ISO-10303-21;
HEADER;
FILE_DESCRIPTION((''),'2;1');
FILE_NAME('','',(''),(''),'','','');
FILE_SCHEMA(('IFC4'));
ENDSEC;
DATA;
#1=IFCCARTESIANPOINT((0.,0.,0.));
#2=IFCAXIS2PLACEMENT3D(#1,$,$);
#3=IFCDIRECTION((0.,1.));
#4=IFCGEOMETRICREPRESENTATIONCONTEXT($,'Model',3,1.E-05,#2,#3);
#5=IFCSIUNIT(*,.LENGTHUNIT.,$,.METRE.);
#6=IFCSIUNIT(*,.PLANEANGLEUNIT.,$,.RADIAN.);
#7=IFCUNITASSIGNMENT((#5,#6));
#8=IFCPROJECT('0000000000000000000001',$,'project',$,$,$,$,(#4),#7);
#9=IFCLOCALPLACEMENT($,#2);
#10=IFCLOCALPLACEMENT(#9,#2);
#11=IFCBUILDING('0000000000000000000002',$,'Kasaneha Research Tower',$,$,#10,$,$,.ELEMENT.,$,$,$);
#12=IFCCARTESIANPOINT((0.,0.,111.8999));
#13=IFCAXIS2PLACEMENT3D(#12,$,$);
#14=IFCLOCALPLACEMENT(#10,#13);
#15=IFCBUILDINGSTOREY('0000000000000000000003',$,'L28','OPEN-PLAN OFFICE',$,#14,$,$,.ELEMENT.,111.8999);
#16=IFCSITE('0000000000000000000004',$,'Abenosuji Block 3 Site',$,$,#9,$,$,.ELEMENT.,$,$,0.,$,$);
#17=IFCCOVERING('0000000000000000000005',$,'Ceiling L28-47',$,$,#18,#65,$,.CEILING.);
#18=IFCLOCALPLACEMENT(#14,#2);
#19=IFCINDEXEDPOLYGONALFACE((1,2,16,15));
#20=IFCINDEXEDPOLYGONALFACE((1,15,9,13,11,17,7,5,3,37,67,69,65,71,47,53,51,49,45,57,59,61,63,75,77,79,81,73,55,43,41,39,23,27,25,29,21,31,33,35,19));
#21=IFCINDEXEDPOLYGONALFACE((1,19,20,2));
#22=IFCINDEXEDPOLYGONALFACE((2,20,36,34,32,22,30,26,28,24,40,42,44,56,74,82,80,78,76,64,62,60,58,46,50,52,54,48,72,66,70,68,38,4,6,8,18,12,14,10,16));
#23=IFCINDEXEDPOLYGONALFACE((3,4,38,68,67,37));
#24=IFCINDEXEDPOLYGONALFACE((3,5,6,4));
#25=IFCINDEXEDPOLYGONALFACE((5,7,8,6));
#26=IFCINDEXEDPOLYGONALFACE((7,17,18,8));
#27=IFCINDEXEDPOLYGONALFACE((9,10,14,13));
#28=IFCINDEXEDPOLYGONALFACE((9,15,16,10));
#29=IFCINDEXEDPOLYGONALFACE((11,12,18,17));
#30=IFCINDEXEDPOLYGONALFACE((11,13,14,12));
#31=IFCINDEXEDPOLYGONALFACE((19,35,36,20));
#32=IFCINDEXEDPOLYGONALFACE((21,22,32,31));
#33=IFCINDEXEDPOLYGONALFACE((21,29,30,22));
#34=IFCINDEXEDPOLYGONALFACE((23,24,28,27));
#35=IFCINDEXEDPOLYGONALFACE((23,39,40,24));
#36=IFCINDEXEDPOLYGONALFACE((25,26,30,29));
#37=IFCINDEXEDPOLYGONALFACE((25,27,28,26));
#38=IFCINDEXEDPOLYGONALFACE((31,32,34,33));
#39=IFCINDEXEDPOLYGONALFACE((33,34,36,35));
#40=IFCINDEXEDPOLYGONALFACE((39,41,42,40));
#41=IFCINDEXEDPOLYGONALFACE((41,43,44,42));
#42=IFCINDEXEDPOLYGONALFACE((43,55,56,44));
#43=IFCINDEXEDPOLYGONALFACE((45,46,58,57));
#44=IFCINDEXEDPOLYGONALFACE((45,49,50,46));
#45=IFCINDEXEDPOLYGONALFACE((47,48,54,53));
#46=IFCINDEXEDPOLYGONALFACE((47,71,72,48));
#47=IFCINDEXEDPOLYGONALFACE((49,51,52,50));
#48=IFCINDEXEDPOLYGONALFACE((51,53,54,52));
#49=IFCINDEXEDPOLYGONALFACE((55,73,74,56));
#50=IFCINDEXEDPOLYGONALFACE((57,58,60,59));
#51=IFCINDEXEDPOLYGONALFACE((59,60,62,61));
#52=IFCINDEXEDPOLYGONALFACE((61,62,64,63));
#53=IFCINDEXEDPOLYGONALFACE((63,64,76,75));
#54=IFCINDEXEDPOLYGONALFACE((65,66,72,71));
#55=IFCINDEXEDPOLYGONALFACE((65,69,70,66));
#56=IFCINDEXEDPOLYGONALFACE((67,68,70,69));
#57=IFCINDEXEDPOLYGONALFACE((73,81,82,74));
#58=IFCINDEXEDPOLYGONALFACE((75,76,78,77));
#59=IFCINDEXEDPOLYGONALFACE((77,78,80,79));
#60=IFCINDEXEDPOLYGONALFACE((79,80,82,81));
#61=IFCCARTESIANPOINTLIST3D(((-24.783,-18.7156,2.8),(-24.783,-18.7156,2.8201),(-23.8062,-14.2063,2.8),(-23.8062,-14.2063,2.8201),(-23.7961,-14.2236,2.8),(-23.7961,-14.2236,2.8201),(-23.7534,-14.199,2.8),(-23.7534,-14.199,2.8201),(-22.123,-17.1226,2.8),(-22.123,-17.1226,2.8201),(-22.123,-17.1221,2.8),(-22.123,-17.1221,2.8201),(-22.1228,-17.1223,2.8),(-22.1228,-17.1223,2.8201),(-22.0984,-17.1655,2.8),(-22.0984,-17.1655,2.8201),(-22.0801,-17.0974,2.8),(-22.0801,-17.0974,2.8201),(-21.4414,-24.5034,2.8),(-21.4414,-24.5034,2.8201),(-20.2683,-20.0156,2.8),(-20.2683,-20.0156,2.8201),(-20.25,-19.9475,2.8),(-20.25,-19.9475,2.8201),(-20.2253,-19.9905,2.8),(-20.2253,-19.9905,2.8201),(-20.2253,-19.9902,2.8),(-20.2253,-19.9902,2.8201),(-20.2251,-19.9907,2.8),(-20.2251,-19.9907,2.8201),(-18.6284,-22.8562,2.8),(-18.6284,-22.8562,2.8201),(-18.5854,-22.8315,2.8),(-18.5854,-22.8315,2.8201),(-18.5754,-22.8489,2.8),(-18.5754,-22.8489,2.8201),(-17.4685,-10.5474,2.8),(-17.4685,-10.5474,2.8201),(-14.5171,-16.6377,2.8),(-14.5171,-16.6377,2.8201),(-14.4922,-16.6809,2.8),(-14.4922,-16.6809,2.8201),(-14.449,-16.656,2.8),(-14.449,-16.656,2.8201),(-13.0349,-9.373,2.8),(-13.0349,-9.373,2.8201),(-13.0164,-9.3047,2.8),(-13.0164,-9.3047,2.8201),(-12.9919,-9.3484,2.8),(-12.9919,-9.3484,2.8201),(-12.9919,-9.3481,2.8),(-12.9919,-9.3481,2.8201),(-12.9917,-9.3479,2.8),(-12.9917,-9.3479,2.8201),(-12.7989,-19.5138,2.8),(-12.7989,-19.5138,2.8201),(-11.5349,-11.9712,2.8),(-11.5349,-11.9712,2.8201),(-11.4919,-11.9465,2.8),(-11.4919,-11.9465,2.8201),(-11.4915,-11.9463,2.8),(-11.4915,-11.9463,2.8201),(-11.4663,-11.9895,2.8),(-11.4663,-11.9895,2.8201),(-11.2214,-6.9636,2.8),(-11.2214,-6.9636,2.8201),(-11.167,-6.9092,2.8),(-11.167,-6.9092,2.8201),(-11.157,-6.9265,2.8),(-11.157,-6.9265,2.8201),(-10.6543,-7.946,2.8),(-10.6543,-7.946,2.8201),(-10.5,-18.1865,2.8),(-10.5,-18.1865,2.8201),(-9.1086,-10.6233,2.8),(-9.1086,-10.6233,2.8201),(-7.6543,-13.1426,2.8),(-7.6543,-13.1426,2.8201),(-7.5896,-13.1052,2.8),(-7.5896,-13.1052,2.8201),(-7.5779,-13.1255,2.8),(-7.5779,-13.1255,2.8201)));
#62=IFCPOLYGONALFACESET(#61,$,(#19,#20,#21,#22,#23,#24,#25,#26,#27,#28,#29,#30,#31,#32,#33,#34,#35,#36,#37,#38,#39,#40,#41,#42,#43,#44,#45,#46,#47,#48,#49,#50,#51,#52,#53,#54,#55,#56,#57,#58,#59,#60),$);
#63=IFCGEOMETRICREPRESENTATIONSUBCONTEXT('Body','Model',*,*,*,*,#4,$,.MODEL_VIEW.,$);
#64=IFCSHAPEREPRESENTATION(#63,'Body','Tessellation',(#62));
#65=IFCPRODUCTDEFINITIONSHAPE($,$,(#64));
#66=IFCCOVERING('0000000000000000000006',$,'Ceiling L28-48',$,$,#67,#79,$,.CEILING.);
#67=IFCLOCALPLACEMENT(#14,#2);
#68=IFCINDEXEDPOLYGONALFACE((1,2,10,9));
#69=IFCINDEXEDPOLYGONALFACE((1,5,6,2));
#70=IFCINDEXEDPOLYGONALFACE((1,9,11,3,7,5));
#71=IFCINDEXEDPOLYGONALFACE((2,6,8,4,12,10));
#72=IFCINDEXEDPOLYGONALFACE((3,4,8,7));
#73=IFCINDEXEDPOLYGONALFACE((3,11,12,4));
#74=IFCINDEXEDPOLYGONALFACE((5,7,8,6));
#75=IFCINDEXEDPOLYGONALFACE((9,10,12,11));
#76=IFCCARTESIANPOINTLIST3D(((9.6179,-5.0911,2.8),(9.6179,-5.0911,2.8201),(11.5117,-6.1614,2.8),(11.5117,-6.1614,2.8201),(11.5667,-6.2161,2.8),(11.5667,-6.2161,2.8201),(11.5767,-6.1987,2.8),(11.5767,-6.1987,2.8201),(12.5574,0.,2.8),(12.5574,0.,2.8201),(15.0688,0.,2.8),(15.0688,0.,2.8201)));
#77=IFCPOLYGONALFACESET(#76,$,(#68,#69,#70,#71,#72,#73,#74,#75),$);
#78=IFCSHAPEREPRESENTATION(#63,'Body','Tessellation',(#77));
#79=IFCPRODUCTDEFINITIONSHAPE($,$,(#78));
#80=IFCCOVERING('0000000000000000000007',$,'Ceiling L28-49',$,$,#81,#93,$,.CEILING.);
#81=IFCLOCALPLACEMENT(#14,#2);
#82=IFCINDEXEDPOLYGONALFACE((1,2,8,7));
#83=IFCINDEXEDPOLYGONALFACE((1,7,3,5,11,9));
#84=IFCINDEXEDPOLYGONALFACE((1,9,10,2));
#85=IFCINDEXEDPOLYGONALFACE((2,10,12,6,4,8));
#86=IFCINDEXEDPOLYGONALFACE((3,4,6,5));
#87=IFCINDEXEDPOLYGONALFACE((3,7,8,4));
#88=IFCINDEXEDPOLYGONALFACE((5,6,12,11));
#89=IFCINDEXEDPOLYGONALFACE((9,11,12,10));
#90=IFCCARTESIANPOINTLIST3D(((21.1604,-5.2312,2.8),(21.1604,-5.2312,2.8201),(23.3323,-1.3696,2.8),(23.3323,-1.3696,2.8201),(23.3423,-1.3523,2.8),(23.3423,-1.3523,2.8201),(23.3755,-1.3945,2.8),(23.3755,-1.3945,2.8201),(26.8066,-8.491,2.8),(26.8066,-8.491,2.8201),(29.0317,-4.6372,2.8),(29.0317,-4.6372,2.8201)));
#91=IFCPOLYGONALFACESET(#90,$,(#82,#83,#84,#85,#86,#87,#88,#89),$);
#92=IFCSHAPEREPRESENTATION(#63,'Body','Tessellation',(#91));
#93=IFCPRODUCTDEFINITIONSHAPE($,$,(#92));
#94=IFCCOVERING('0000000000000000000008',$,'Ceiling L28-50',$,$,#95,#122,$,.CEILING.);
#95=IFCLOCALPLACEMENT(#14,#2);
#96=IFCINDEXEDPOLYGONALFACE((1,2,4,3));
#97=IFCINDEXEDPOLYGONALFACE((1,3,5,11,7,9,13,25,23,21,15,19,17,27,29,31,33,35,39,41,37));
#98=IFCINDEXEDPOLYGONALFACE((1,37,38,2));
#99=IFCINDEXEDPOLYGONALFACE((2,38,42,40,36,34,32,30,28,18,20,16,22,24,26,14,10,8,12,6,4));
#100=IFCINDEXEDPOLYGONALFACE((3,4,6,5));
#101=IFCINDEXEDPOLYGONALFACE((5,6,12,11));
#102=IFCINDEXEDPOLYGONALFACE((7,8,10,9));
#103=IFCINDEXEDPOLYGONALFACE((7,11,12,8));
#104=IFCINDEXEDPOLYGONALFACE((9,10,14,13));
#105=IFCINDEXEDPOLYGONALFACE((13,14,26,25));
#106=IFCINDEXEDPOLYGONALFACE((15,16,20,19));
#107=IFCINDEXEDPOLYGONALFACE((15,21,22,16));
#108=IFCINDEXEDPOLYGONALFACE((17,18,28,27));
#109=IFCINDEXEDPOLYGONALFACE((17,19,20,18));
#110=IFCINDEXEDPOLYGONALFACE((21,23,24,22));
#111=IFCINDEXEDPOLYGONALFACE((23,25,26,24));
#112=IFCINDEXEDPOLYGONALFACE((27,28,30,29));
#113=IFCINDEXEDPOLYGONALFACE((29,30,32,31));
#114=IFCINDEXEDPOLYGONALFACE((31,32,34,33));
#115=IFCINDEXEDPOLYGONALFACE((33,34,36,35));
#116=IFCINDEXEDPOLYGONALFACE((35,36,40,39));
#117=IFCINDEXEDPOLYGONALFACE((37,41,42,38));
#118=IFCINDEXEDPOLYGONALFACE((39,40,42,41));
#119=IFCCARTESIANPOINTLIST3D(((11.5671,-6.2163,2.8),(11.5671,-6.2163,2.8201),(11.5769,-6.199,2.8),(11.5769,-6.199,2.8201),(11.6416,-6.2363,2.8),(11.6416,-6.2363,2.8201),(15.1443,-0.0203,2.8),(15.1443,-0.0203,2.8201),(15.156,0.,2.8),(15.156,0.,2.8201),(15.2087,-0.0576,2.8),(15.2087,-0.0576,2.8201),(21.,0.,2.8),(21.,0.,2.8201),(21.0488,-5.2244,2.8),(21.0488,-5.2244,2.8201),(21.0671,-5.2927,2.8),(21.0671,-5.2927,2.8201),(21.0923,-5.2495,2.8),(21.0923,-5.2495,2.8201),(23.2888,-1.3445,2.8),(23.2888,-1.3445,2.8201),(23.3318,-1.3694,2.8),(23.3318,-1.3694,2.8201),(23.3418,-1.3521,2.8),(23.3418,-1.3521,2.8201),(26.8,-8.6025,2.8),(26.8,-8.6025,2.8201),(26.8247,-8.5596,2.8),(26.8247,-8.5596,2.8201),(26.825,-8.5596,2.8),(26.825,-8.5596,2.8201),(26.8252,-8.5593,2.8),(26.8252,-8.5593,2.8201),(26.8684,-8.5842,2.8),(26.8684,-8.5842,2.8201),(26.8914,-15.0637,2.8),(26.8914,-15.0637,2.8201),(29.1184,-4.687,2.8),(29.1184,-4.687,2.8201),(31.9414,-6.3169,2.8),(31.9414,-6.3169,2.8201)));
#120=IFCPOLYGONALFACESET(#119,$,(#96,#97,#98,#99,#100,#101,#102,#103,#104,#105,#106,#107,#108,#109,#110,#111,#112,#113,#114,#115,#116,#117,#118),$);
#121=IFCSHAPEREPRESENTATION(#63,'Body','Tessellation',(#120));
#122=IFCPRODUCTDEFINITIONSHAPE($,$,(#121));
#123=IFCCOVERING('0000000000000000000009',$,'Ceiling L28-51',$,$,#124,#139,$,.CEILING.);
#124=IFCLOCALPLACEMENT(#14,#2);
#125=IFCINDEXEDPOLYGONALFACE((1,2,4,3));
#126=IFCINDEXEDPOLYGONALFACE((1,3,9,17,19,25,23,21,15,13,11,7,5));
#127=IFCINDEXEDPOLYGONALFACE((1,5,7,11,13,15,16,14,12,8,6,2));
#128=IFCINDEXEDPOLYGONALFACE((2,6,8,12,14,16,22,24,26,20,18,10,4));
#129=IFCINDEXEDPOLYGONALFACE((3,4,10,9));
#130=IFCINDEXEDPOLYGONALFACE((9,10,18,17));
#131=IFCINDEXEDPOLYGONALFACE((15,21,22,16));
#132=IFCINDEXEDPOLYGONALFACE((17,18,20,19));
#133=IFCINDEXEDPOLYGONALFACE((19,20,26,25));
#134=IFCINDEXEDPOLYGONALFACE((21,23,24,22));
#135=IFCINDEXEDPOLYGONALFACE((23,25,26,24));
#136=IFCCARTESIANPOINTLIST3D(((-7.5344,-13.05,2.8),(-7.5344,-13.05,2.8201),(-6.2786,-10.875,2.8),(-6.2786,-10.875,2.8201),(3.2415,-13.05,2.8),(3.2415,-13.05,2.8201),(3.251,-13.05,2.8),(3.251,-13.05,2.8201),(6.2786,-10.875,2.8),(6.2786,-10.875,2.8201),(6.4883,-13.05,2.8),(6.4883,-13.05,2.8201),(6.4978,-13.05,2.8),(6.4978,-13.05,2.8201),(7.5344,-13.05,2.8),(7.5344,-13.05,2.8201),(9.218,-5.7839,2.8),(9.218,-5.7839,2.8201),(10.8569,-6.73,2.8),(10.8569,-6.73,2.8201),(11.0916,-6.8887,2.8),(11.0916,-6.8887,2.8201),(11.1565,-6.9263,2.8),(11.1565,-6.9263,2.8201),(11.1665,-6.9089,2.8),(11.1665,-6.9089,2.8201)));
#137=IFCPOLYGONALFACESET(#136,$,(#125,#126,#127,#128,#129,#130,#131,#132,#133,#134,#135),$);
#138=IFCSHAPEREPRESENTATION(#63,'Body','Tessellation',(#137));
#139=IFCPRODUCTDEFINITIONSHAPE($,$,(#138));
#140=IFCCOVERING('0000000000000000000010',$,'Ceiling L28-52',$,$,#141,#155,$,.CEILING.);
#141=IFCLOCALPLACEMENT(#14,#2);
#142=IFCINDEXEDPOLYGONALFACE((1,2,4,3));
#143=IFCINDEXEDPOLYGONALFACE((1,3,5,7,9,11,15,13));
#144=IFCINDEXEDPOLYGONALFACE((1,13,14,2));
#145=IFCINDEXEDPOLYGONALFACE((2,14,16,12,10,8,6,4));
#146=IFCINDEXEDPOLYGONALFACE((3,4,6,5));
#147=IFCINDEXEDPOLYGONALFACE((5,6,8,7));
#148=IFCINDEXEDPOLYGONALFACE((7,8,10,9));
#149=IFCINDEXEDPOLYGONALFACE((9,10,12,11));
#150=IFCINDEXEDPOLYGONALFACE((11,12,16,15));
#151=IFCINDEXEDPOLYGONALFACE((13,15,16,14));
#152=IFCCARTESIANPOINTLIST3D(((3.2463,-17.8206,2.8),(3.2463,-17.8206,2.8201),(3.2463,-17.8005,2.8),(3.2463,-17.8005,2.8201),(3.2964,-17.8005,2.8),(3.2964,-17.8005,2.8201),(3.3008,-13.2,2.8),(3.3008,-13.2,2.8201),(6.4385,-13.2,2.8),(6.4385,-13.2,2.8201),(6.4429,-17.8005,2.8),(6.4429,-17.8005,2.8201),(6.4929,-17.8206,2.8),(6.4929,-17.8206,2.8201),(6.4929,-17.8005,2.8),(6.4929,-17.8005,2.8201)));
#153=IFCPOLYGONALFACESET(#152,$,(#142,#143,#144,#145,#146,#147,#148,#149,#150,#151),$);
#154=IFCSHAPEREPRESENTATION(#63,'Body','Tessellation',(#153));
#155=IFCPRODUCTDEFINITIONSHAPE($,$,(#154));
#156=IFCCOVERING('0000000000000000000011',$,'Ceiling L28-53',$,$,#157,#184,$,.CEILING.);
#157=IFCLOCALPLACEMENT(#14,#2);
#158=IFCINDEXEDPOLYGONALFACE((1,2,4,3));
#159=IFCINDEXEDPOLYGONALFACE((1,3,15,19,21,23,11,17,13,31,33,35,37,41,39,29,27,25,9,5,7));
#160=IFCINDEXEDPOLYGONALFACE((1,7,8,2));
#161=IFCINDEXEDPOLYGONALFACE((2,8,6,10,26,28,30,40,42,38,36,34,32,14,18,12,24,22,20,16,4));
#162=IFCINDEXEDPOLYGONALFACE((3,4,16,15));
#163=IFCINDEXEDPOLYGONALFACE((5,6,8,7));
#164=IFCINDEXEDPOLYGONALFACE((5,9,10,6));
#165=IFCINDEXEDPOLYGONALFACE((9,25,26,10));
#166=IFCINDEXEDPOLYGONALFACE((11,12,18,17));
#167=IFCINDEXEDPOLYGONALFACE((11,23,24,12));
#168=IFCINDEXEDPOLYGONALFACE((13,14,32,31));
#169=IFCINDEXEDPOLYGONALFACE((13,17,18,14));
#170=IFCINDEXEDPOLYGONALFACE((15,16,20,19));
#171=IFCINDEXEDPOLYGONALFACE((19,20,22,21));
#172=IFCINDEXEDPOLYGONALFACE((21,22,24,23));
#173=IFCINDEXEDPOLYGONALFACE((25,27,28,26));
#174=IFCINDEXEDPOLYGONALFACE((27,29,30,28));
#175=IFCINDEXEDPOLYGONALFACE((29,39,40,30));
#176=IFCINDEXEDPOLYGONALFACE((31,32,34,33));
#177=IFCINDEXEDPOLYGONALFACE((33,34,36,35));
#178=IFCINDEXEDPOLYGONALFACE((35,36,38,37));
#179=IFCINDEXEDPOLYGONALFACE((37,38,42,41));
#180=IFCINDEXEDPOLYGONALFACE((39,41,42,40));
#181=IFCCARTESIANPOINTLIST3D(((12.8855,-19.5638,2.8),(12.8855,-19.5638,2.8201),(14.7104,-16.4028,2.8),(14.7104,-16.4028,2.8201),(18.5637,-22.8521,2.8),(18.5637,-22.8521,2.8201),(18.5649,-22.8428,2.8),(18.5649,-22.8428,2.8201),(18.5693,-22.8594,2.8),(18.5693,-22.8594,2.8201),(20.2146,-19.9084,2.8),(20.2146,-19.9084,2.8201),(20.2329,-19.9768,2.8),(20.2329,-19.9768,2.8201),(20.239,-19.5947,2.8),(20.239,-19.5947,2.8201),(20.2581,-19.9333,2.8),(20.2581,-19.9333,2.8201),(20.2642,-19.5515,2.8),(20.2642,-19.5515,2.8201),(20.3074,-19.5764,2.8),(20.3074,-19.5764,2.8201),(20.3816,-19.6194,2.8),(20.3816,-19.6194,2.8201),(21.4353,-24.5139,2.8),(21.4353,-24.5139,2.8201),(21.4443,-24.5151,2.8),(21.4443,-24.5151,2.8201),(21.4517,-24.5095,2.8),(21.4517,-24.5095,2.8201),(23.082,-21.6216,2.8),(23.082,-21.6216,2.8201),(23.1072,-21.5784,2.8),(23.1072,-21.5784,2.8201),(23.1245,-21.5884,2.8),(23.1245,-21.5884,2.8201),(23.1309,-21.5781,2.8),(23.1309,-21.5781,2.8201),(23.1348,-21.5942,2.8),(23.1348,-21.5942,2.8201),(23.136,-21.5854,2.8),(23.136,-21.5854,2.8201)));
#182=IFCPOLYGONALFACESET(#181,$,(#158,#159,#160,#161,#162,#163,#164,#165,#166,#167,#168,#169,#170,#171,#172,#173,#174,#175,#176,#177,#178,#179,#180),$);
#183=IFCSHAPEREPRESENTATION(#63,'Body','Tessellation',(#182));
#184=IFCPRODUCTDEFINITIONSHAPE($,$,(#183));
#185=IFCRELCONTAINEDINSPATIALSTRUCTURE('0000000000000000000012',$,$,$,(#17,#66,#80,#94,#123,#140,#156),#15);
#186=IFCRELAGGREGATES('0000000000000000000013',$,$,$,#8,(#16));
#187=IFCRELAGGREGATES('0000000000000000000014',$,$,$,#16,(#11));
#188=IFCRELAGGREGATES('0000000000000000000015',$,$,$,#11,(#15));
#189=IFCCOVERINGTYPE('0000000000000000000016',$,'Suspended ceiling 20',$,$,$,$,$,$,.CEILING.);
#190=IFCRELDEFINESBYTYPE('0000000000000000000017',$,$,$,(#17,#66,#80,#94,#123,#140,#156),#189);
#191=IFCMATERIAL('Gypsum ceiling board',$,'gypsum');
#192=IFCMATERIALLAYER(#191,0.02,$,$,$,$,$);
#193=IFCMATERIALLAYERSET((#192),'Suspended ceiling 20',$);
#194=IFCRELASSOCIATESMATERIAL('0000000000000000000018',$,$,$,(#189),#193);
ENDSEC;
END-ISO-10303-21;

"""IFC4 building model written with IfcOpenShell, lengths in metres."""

from ifc_helpers import new_model, si_unit, direction, frame, origin, place, context, subcontext, project, spatial, polyline, outline, extrude, material, layer, layer_set, type_object, element, save


model = new_model("IFC4")

# Units and contexts
model_context = context("Model", 3, precision=1e-05, world=origin(), true_north=direction((0.0, 1.0)))
body_context = subcontext(model_context, "Body", "Model", "MODEL_VIEW")
ifc_project = project(units=[si_unit("LENGTHUNIT", "METRE"), si_unit("PLANEANGLEUNIT", "RADIAN")], contexts=[model_context])

# Site, building, storey
site_placement = place(None, origin())
site = spatial("IfcSite", under=ifc_project, at=site_placement, Name="Abenosuji Block 3 Site", CompositionType="ELEMENT", RefElevation=0.0)
building_placement = place(site_placement, origin())
building = spatial("IfcBuilding", under=site, at=building_placement, Name="Kasaneha Research Tower", CompositionType="ELEMENT")
storey_placement = place(building_placement, frame((0.0, 0.0, 111.8999)))
storey = spatial("IfcBuildingStorey", under=building, at=storey_placement, Name="L28", Description="OPEN-PLAN OFFICE", CompositionType="ELEMENT", Elevation=111.8999)

# Coverings
ifc_material_1 = material(Name="Gypsum ceiling board", Category="gypsum")
ifc_layer_1 = layer(ifc_material_1, 0.02)
ifc_layer_set_1 = layer_set([ifc_layer_1], Name="Suspended ceiling 20")
covering_type_1 = type_object("IfcCoveringType", Name="Suspended ceiling 20", PredefinedType="CEILING", material=ifc_layer_set_1)
covering_1_placement = place(storey_placement, frame((0.0, 0.0, 2.8)))
element("IfcCovering", 1, at=covering_1_placement, inside=storey, type_object=covering_type_1, Name="Ceiling L28-47", PredefinedType="CEILING", context=body_context, shape_type="SweptSolid", body=[
    extrude(outline(polyline([(-12.9919, -9.3481), (-12.9919, -9.3484), (-13.0349, -9.373), (-11.5349, -11.9712), (-11.4919, -11.9465), (-11.4919, -11.9465), (-11.4915, -11.9463), (-11.4663, -11.9895), (-9.1086, -10.6233), (-7.6543, -13.1426), (-7.5896, -13.1052), (-7.5779, -13.1255), (-10.5, -18.1865), (-12.8418, -19.5386), (-12.8418, -19.5386), (-12.7988, -19.5139), (-14.449, -16.656), (-14.4922, -16.6809), (-14.5171, -16.6377), (-20.25, -19.9475), (-20.2253, -19.9902), (-20.2253, -19.9905), (-20.2251, -19.9907), (-20.2683, -20.0156), (-18.6284, -22.8562), (-18.5854, -22.8315), (-18.5754, -22.8489), (-21.4414, -24.5034), (-24.783, -18.7156), (-22.0984, -17.1655), (-22.123, -17.1226), (-22.1228, -17.1223), (-22.123, -17.1221), (-22.0801, -17.0974), (-23.7534, -14.199), (-23.7961, -14.2236), (-23.8062, -14.2063), (-17.4685, -10.5474), (-11.167, -6.9092), (-11.157, -6.9265), (-11.2214, -6.9636), (-10.6543, -7.946), (-13.0164, -9.3047), (-12.9917, -9.3479), (-12.9919, -9.3481)])), origin(), (0.0, 0.0, 1.0), 0.02),
])
covering_2_placement = place(storey_placement, frame((0.0, 0.0, 2.8)))
element("IfcCovering", 2, at=covering_2_placement, inside=storey, type_object=covering_type_1, Name="Ceiling L28-48", PredefinedType="CEILING", context=body_context, shape_type="SweptSolid", body=[
    extrude(outline(polyline([(15.0688, 0.0), (11.5117, -6.1614), (11.5767, -6.1987), (11.5667, -6.2161), (9.6179, -5.0911), (12.5574, 0.0), (15.0688, 0.0)])), origin(), (0.0, 0.0, 1.0), 0.02),
])
covering_3_placement = place(storey_placement, frame((0.0, 0.0, 2.8)))
element("IfcCovering", 3, at=covering_3_placement, inside=storey, type_object=covering_type_1, Name="Ceiling L28-49", PredefinedType="CEILING", context=body_context, shape_type="SweptSolid", body=[
    extrude(outline(polyline([(29.0317, -4.6372), (26.8066, -8.491), (21.1604, -5.2312), (23.3755, -1.3945), (23.3323, -1.3696), (23.3423, -1.3523), (29.0317, -4.6372)])), origin(), (0.0, 0.0, 1.0), 0.02),
])
covering_4_placement = place(storey_placement, frame((0.0, 0.0, 2.8)))
element("IfcCovering", 4, at=covering_4_placement, inside=storey, type_object=covering_type_1, Name="Ceiling L28-50", PredefinedType="CEILING", context=body_context, shape_type="SweptSolid", body=[
    extrude(outline(polyline([(21.0, 0.0), (23.3418, -1.3521), (23.3318, -1.3694), (23.2888, -1.3445), (21.0488, -5.2244), (21.0923, -5.2495), (21.0671, -5.2927), (26.8, -8.6025), (26.8247, -8.5596), (26.825, -8.5596), (26.8252, -8.5593), (26.8684, -8.5842), (29.1184, -4.687), (31.9414, -6.3169), (26.8914, -15.0637), (11.5671, -6.2163), (11.5769, -6.199), (11.6416, -6.2363), (15.2087, -0.0576), (15.1443, -0.0203), (15.156, 0.0), (21.0, 0.0)])), origin(), (0.0, 0.0, 1.0), 0.02),
])
covering_5_placement = place(storey_placement, frame((0.0, 0.0, 2.8)))
element("IfcCovering", 5, at=covering_5_placement, inside=storey, type_object=covering_type_1, Name="Ceiling L28-51", PredefinedType="CEILING", context=body_context, shape_type="SweptSolid", body=[
    extrude(outline(polyline([(-6.2786, -10.875), (6.2786, -10.875), (9.218, -5.7839), (10.8569, -6.73), (11.1665, -6.9089), (11.1565, -6.9263), (11.0916, -6.8887), (7.5344, -13.05), (6.4978, -13.05), (6.4883, -13.05), (3.251, -13.05), (3.2415, -13.05), (-7.5344, -13.05), (-6.2786, -10.875)])), origin(), (0.0, 0.0, 1.0), 0.02),
])
covering_6_placement = place(storey_placement, frame((0.0, 0.0, 2.8)))
element("IfcCovering", 6, at=covering_6_placement, inside=storey, type_object=covering_type_1, Name="Ceiling L28-52", PredefinedType="CEILING", context=body_context, shape_type="SweptSolid", body=[
    extrude(outline(polyline([(3.2463, -17.8005), (3.2964, -17.8005), (3.3008, -13.2), (6.4385, -13.2), (6.4429, -17.8005), (6.4929, -17.8005), (6.4929, -17.8206), (3.2463, -17.8206), (3.2463, -17.8005)])), origin(), (0.0, 0.0, 1.0), 0.02),
])
covering_7_placement = place(storey_placement, frame((0.0, 0.0, 2.8)))
element("IfcCovering", 7, at=covering_7_placement, inside=storey, type_object=covering_type_1, Name="Ceiling L28-53", PredefinedType="CEILING", context=body_context, shape_type="SweptSolid", body=[
    extrude(outline(polyline([(23.1309, -21.5781), (23.136, -21.5854), (23.1348, -21.5942), (21.4517, -24.5095), (21.4443, -24.5151), (21.4353, -24.5139), (18.5693, -22.8594), (18.5637, -22.8521), (18.5649, -22.8428), (12.8423, -19.5388), (12.8423, -19.5388), (12.8855, -19.5637), (14.7104, -16.4028), (20.239, -19.5947), (20.2642, -19.5515), (20.3074, -19.5764), (20.3074, -19.5764), (20.3816, -19.6194), (20.2146, -19.9084), (20.2581, -19.9333), (20.2329, -19.9768), (23.082, -21.6216), (23.1072, -21.5784), (23.1245, -21.5884), (23.1309, -21.5781)])), origin(), (0.0, 0.0, 1.0), 0.02),
])

save(model, "model.ifc")
